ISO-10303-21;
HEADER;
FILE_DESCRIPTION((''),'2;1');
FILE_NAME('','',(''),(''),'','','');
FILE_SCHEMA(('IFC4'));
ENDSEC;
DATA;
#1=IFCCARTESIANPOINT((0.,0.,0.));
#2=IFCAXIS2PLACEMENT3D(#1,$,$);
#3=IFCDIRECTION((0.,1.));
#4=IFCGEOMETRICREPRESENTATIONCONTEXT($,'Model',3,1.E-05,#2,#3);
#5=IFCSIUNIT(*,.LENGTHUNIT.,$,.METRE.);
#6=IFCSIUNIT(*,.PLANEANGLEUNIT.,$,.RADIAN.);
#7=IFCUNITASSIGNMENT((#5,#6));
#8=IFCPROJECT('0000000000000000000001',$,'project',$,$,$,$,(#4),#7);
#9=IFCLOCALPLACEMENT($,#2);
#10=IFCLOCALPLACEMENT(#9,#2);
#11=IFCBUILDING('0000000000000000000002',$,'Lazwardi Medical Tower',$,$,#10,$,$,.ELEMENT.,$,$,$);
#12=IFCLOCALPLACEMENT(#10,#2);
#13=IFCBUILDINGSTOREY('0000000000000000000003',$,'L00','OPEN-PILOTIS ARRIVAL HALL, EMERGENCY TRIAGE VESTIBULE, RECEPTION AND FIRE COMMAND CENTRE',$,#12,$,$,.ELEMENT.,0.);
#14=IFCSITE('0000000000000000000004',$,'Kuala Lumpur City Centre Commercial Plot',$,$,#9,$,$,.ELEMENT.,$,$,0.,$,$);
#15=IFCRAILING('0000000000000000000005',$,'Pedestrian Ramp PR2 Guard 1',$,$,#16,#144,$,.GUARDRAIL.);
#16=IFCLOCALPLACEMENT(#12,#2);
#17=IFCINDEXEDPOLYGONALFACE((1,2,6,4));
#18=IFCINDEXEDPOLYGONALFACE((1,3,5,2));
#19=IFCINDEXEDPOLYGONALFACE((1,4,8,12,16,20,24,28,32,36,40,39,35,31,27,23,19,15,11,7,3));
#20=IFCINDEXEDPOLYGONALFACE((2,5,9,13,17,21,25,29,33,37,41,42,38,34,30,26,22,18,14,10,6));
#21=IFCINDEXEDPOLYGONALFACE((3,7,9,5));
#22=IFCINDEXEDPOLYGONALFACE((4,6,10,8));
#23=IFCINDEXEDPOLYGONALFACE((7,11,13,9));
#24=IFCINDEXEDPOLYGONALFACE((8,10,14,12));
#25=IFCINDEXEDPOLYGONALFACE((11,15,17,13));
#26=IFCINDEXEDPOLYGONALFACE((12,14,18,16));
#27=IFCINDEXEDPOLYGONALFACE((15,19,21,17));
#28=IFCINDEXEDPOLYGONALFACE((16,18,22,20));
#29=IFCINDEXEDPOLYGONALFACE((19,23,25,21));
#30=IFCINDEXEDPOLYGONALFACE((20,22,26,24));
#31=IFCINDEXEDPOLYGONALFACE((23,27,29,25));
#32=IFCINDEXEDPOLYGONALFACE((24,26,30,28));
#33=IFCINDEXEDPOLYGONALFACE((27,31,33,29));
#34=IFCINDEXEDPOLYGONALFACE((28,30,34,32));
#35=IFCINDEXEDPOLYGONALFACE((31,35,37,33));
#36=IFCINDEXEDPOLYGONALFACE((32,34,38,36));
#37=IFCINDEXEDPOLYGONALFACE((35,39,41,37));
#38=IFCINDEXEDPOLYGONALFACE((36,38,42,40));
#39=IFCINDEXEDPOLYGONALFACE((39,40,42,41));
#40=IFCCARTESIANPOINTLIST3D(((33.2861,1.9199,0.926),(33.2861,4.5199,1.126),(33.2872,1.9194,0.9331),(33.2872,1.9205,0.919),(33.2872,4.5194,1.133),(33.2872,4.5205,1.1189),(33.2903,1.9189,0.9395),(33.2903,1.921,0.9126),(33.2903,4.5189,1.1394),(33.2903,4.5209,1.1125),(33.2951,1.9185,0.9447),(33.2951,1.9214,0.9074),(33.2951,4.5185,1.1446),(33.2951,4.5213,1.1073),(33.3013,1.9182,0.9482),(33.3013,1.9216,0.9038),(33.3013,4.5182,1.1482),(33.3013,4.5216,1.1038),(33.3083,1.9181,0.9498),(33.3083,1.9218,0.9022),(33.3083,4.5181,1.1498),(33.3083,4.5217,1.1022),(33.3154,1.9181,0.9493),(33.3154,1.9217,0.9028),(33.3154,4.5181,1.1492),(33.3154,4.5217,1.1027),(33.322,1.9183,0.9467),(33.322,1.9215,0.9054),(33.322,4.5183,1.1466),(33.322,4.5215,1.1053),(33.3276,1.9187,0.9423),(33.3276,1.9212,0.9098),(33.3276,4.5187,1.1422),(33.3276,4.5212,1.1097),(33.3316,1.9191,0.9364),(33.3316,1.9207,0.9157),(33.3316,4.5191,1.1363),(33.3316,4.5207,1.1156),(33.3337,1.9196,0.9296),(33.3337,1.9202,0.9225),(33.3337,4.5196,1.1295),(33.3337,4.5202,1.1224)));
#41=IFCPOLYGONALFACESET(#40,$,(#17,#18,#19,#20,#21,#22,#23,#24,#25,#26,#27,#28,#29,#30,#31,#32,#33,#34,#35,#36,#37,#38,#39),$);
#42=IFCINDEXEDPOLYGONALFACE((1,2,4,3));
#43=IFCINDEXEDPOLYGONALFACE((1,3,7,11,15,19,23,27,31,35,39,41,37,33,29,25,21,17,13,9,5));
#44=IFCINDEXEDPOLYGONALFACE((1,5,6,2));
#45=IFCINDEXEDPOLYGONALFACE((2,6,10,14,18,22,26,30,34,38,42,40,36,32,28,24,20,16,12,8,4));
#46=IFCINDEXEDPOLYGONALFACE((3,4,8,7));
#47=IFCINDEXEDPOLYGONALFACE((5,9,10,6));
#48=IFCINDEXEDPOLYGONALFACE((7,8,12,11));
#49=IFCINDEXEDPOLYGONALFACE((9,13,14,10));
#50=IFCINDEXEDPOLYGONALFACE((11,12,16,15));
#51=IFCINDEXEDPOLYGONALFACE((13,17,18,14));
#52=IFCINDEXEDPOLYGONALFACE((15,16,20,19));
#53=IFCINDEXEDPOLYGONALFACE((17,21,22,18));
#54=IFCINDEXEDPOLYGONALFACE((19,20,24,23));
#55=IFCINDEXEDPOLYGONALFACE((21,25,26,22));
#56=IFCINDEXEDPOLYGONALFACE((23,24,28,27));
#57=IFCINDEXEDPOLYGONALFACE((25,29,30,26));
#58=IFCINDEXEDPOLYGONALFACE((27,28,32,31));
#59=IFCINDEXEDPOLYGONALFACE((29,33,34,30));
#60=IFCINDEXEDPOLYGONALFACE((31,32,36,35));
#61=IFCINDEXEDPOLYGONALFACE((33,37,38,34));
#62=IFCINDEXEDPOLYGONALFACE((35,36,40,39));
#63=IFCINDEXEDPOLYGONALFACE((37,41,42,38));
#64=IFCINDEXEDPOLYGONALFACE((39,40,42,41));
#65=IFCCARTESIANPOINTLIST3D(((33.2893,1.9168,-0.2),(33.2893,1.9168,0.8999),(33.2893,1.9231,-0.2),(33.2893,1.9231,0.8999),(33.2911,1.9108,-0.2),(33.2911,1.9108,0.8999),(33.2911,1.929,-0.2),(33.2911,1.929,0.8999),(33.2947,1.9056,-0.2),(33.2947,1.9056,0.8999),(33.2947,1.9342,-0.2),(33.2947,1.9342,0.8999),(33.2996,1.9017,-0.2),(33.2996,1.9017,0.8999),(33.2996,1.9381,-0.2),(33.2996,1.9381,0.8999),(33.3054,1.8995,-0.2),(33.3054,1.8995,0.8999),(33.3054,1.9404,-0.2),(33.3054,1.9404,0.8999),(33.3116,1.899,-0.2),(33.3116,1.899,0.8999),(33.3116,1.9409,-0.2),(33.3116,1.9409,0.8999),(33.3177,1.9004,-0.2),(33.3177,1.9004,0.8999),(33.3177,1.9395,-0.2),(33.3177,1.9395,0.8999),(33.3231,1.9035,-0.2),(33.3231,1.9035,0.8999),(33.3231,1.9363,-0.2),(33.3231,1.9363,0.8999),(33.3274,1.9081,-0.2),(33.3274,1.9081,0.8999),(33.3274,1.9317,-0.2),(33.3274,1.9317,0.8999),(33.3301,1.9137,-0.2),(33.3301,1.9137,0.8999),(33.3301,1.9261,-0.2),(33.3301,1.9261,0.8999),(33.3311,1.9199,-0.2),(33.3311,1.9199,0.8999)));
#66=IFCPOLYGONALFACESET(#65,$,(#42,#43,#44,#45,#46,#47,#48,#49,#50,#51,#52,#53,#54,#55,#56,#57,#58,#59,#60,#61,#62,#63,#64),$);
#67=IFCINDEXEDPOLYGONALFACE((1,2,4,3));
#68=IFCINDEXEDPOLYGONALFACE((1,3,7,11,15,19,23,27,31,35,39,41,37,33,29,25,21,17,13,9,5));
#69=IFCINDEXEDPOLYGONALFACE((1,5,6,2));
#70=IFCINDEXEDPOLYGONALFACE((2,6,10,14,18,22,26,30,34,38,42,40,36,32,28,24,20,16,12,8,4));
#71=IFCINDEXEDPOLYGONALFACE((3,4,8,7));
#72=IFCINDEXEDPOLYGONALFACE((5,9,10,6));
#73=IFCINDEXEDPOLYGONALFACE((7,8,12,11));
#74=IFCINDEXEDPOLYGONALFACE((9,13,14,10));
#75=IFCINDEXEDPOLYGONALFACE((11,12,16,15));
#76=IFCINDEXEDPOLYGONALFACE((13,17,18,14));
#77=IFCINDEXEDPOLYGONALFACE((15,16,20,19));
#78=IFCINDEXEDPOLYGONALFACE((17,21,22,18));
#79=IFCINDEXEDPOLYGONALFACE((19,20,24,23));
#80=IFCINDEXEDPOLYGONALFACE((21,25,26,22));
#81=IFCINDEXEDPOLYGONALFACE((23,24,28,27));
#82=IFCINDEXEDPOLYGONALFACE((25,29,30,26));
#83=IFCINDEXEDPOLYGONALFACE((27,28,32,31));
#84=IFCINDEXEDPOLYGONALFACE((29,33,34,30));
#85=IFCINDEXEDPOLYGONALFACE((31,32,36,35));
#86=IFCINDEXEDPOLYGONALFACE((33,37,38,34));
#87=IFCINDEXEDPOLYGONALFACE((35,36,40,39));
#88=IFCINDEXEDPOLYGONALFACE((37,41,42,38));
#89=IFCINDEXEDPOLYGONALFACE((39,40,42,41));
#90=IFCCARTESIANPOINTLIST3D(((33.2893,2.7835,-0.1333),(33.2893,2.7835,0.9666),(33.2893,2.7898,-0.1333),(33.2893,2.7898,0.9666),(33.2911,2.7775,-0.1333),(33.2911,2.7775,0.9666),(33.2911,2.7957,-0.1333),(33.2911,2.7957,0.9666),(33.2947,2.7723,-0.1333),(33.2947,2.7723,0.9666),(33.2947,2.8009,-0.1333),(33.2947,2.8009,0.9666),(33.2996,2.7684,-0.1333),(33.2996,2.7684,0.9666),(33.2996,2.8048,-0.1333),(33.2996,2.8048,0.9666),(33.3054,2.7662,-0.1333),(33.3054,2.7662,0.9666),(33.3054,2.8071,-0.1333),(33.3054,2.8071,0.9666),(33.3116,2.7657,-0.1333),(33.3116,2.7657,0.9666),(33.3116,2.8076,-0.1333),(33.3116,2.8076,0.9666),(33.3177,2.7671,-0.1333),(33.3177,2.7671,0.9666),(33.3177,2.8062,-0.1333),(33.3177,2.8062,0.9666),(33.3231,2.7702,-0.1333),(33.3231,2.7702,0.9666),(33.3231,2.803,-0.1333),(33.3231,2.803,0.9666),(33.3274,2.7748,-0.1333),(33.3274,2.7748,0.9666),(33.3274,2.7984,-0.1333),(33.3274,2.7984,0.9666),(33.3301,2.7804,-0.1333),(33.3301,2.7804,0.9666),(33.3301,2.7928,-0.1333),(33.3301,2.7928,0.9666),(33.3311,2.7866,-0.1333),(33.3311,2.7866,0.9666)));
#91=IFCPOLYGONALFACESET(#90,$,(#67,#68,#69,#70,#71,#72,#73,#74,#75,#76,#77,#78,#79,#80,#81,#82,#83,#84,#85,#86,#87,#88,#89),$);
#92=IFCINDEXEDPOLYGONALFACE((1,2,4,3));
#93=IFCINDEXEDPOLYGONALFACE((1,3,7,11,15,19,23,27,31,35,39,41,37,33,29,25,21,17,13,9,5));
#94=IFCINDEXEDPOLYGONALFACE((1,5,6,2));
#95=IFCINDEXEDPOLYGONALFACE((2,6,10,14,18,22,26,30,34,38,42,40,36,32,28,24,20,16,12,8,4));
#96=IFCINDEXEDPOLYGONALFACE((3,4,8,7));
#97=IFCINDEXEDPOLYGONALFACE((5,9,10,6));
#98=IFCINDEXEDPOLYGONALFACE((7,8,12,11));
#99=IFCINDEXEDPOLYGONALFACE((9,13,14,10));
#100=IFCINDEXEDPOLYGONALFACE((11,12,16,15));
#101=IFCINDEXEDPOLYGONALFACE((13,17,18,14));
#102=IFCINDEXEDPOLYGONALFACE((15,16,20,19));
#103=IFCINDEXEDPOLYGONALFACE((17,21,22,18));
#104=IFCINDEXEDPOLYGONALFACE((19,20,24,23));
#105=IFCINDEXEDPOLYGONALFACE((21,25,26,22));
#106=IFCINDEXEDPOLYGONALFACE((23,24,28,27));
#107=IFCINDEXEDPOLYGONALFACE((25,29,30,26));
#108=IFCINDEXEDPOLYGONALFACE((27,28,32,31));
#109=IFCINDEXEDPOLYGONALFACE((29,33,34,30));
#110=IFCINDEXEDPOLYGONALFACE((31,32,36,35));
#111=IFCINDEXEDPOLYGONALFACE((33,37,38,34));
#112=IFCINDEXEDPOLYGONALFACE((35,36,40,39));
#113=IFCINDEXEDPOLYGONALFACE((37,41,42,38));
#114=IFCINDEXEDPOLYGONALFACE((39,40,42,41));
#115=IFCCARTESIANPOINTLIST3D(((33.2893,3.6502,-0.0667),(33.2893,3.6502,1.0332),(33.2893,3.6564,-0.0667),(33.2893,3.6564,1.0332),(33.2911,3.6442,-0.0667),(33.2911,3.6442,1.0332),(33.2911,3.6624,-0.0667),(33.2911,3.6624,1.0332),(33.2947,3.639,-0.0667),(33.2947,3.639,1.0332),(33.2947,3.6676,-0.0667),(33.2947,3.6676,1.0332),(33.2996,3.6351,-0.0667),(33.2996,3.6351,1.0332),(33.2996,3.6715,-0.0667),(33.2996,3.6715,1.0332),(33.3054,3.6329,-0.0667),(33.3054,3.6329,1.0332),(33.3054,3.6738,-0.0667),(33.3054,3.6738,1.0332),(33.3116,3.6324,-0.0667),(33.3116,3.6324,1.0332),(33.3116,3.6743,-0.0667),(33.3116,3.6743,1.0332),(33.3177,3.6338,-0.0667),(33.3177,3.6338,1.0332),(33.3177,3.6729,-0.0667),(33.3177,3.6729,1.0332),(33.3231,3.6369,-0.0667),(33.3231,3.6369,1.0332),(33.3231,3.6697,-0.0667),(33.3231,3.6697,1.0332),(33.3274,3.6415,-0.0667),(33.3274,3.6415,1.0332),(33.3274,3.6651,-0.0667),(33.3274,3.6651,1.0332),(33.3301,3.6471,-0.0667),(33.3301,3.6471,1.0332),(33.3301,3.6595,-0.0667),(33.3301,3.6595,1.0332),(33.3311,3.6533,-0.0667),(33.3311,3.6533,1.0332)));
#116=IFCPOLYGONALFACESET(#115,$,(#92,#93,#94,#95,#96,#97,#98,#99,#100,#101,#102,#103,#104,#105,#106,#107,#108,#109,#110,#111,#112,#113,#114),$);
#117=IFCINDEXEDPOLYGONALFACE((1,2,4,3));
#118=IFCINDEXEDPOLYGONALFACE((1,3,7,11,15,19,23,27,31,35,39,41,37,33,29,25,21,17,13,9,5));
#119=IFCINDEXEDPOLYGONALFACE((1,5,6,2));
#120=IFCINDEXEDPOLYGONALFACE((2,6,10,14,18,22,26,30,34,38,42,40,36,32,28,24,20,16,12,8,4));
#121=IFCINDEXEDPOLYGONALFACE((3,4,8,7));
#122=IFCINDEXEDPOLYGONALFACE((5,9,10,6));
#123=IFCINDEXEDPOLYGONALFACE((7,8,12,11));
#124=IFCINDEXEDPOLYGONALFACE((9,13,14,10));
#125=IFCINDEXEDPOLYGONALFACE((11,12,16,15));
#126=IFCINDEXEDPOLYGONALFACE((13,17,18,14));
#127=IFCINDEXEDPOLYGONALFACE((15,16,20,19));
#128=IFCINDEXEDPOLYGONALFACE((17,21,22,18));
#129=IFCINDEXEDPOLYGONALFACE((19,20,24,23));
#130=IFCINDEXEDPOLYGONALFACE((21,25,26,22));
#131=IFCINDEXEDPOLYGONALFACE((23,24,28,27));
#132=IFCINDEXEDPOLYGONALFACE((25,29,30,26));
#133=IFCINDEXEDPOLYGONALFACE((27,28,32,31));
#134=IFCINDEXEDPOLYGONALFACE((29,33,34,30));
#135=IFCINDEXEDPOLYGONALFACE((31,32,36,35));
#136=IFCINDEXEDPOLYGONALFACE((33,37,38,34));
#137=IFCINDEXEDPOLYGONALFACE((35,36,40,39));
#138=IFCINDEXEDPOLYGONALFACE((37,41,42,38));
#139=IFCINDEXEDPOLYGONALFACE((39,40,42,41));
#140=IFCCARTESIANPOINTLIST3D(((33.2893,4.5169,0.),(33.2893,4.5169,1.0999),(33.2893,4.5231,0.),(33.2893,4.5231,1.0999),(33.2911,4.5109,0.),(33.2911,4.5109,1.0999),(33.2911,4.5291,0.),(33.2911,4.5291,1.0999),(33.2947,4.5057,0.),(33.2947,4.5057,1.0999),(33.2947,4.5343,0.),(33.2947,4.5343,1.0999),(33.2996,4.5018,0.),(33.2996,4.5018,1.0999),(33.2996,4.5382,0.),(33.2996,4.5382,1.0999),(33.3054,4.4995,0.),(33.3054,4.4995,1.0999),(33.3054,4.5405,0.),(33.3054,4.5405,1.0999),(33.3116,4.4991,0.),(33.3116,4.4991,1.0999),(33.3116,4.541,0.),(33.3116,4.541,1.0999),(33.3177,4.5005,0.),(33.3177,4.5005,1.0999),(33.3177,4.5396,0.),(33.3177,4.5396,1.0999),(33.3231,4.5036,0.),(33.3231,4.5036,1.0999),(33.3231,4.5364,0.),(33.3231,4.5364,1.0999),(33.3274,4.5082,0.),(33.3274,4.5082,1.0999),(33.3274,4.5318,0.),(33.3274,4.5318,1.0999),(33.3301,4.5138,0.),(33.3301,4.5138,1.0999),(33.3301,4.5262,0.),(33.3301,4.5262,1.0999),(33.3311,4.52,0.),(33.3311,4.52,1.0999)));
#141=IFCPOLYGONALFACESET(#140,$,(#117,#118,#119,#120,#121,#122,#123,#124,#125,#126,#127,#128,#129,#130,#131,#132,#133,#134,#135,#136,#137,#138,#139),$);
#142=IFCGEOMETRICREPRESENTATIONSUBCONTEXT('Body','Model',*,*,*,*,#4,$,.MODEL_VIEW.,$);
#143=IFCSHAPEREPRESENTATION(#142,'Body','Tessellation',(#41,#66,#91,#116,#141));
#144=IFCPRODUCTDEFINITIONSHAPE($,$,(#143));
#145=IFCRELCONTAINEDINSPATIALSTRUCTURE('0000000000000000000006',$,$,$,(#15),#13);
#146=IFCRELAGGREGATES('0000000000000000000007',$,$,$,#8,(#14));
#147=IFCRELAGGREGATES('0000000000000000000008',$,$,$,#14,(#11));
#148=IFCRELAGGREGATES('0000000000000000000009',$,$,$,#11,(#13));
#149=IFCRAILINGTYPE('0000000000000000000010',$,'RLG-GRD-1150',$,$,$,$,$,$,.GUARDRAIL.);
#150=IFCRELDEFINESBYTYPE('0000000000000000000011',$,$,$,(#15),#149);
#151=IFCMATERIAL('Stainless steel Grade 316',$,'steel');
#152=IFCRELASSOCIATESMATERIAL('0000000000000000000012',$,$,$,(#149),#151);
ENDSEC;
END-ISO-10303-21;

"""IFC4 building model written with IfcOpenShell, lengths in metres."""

from ifc_helpers import new_model, si_unit, direction, frame, origin, origin_2d, place, context, subcontext, project, spatial, circle, extrude, material, type_object, element, save


model = new_model("IFC4")

# Units and contexts
model_context = context("Model", 3, precision=1e-05, world=origin(), true_north=direction((0.0, 1.0)))
body_context = subcontext(model_context, "Body", "Model", "MODEL_VIEW")
ifc_project = project(units=[si_unit("LENGTHUNIT", "METRE"), si_unit("PLANEANGLEUNIT", "RADIAN")], contexts=[model_context])

# Site, building, storey
site_placement = place(None, origin())
site = spatial("IfcSite", under=ifc_project, at=site_placement, Name="Kuala Lumpur City Centre Commercial Plot", CompositionType="ELEMENT", RefElevation=0.0)
building_placement = place(site_placement, origin())
building = spatial("IfcBuilding", under=site, at=building_placement, Name="Lazwardi Medical Tower", CompositionType="ELEMENT")
storey_placement = place(building_placement, origin())
storey = spatial("IfcBuildingStorey", under=building, at=storey_placement, Name="L00", Description="OPEN-PILOTIS ARRIVAL HALL, EMERGENCY TRIAGE VESTIBULE, RECEPTION AND FIRE COMMAND CENTRE", CompositionType="ELEMENT", Elevation=0.0)

# Railing
ifc_material_1 = material(Name="Stainless steel Grade 316", Category="steel")
railing_type = type_object("IfcRailingType", Name="RLG-GRD-1150", PredefinedType="GUARDRAIL", material=ifc_material_1)
for number, where, name in (
    (1, (33.3101, 1.9199, -0.2), "Pedestrian Ramp PR2 Guard 1"),
):
    element("IfcRailing", number, at=place(storey_placement, frame(where)), inside=storey, type_object=railing_type, Name=name, PredefinedType="GUARDRAIL", context=body_context, shape_type="SweptSolid", body=[
        extrude(circle(Radius=0.0239, at=origin_2d()), frame((0.0, 0.0, 1.126), z_axis=(0.0, 0.997056, 0.076675), x_axis=(-1.0, 0.0, 0.0)), (0.0, 0.0, 1.0), 2.6077),
        extrude(circle(Radius=0.021, at=origin_2d()), origin(), (0.0, 0.0, 1.0), 1.0999),
        extrude(circle(Radius=0.021, at=origin_2d()), frame((0.0, 0.8667, 0.0667)), (0.0, 0.0, 1.0), 1.0999),
        extrude(circle(Radius=0.021, at=origin_2d()), frame((0.0, 1.7334, 0.1333)), (0.0, 0.0, 1.0), 1.0999),
        extrude(circle(Radius=0.021, at=origin_2d()), frame((0.0, 2.6001, 0.2)), (0.0, 0.0, 1.0), 1.0999),
    ])

save(model, "model.ifc")
